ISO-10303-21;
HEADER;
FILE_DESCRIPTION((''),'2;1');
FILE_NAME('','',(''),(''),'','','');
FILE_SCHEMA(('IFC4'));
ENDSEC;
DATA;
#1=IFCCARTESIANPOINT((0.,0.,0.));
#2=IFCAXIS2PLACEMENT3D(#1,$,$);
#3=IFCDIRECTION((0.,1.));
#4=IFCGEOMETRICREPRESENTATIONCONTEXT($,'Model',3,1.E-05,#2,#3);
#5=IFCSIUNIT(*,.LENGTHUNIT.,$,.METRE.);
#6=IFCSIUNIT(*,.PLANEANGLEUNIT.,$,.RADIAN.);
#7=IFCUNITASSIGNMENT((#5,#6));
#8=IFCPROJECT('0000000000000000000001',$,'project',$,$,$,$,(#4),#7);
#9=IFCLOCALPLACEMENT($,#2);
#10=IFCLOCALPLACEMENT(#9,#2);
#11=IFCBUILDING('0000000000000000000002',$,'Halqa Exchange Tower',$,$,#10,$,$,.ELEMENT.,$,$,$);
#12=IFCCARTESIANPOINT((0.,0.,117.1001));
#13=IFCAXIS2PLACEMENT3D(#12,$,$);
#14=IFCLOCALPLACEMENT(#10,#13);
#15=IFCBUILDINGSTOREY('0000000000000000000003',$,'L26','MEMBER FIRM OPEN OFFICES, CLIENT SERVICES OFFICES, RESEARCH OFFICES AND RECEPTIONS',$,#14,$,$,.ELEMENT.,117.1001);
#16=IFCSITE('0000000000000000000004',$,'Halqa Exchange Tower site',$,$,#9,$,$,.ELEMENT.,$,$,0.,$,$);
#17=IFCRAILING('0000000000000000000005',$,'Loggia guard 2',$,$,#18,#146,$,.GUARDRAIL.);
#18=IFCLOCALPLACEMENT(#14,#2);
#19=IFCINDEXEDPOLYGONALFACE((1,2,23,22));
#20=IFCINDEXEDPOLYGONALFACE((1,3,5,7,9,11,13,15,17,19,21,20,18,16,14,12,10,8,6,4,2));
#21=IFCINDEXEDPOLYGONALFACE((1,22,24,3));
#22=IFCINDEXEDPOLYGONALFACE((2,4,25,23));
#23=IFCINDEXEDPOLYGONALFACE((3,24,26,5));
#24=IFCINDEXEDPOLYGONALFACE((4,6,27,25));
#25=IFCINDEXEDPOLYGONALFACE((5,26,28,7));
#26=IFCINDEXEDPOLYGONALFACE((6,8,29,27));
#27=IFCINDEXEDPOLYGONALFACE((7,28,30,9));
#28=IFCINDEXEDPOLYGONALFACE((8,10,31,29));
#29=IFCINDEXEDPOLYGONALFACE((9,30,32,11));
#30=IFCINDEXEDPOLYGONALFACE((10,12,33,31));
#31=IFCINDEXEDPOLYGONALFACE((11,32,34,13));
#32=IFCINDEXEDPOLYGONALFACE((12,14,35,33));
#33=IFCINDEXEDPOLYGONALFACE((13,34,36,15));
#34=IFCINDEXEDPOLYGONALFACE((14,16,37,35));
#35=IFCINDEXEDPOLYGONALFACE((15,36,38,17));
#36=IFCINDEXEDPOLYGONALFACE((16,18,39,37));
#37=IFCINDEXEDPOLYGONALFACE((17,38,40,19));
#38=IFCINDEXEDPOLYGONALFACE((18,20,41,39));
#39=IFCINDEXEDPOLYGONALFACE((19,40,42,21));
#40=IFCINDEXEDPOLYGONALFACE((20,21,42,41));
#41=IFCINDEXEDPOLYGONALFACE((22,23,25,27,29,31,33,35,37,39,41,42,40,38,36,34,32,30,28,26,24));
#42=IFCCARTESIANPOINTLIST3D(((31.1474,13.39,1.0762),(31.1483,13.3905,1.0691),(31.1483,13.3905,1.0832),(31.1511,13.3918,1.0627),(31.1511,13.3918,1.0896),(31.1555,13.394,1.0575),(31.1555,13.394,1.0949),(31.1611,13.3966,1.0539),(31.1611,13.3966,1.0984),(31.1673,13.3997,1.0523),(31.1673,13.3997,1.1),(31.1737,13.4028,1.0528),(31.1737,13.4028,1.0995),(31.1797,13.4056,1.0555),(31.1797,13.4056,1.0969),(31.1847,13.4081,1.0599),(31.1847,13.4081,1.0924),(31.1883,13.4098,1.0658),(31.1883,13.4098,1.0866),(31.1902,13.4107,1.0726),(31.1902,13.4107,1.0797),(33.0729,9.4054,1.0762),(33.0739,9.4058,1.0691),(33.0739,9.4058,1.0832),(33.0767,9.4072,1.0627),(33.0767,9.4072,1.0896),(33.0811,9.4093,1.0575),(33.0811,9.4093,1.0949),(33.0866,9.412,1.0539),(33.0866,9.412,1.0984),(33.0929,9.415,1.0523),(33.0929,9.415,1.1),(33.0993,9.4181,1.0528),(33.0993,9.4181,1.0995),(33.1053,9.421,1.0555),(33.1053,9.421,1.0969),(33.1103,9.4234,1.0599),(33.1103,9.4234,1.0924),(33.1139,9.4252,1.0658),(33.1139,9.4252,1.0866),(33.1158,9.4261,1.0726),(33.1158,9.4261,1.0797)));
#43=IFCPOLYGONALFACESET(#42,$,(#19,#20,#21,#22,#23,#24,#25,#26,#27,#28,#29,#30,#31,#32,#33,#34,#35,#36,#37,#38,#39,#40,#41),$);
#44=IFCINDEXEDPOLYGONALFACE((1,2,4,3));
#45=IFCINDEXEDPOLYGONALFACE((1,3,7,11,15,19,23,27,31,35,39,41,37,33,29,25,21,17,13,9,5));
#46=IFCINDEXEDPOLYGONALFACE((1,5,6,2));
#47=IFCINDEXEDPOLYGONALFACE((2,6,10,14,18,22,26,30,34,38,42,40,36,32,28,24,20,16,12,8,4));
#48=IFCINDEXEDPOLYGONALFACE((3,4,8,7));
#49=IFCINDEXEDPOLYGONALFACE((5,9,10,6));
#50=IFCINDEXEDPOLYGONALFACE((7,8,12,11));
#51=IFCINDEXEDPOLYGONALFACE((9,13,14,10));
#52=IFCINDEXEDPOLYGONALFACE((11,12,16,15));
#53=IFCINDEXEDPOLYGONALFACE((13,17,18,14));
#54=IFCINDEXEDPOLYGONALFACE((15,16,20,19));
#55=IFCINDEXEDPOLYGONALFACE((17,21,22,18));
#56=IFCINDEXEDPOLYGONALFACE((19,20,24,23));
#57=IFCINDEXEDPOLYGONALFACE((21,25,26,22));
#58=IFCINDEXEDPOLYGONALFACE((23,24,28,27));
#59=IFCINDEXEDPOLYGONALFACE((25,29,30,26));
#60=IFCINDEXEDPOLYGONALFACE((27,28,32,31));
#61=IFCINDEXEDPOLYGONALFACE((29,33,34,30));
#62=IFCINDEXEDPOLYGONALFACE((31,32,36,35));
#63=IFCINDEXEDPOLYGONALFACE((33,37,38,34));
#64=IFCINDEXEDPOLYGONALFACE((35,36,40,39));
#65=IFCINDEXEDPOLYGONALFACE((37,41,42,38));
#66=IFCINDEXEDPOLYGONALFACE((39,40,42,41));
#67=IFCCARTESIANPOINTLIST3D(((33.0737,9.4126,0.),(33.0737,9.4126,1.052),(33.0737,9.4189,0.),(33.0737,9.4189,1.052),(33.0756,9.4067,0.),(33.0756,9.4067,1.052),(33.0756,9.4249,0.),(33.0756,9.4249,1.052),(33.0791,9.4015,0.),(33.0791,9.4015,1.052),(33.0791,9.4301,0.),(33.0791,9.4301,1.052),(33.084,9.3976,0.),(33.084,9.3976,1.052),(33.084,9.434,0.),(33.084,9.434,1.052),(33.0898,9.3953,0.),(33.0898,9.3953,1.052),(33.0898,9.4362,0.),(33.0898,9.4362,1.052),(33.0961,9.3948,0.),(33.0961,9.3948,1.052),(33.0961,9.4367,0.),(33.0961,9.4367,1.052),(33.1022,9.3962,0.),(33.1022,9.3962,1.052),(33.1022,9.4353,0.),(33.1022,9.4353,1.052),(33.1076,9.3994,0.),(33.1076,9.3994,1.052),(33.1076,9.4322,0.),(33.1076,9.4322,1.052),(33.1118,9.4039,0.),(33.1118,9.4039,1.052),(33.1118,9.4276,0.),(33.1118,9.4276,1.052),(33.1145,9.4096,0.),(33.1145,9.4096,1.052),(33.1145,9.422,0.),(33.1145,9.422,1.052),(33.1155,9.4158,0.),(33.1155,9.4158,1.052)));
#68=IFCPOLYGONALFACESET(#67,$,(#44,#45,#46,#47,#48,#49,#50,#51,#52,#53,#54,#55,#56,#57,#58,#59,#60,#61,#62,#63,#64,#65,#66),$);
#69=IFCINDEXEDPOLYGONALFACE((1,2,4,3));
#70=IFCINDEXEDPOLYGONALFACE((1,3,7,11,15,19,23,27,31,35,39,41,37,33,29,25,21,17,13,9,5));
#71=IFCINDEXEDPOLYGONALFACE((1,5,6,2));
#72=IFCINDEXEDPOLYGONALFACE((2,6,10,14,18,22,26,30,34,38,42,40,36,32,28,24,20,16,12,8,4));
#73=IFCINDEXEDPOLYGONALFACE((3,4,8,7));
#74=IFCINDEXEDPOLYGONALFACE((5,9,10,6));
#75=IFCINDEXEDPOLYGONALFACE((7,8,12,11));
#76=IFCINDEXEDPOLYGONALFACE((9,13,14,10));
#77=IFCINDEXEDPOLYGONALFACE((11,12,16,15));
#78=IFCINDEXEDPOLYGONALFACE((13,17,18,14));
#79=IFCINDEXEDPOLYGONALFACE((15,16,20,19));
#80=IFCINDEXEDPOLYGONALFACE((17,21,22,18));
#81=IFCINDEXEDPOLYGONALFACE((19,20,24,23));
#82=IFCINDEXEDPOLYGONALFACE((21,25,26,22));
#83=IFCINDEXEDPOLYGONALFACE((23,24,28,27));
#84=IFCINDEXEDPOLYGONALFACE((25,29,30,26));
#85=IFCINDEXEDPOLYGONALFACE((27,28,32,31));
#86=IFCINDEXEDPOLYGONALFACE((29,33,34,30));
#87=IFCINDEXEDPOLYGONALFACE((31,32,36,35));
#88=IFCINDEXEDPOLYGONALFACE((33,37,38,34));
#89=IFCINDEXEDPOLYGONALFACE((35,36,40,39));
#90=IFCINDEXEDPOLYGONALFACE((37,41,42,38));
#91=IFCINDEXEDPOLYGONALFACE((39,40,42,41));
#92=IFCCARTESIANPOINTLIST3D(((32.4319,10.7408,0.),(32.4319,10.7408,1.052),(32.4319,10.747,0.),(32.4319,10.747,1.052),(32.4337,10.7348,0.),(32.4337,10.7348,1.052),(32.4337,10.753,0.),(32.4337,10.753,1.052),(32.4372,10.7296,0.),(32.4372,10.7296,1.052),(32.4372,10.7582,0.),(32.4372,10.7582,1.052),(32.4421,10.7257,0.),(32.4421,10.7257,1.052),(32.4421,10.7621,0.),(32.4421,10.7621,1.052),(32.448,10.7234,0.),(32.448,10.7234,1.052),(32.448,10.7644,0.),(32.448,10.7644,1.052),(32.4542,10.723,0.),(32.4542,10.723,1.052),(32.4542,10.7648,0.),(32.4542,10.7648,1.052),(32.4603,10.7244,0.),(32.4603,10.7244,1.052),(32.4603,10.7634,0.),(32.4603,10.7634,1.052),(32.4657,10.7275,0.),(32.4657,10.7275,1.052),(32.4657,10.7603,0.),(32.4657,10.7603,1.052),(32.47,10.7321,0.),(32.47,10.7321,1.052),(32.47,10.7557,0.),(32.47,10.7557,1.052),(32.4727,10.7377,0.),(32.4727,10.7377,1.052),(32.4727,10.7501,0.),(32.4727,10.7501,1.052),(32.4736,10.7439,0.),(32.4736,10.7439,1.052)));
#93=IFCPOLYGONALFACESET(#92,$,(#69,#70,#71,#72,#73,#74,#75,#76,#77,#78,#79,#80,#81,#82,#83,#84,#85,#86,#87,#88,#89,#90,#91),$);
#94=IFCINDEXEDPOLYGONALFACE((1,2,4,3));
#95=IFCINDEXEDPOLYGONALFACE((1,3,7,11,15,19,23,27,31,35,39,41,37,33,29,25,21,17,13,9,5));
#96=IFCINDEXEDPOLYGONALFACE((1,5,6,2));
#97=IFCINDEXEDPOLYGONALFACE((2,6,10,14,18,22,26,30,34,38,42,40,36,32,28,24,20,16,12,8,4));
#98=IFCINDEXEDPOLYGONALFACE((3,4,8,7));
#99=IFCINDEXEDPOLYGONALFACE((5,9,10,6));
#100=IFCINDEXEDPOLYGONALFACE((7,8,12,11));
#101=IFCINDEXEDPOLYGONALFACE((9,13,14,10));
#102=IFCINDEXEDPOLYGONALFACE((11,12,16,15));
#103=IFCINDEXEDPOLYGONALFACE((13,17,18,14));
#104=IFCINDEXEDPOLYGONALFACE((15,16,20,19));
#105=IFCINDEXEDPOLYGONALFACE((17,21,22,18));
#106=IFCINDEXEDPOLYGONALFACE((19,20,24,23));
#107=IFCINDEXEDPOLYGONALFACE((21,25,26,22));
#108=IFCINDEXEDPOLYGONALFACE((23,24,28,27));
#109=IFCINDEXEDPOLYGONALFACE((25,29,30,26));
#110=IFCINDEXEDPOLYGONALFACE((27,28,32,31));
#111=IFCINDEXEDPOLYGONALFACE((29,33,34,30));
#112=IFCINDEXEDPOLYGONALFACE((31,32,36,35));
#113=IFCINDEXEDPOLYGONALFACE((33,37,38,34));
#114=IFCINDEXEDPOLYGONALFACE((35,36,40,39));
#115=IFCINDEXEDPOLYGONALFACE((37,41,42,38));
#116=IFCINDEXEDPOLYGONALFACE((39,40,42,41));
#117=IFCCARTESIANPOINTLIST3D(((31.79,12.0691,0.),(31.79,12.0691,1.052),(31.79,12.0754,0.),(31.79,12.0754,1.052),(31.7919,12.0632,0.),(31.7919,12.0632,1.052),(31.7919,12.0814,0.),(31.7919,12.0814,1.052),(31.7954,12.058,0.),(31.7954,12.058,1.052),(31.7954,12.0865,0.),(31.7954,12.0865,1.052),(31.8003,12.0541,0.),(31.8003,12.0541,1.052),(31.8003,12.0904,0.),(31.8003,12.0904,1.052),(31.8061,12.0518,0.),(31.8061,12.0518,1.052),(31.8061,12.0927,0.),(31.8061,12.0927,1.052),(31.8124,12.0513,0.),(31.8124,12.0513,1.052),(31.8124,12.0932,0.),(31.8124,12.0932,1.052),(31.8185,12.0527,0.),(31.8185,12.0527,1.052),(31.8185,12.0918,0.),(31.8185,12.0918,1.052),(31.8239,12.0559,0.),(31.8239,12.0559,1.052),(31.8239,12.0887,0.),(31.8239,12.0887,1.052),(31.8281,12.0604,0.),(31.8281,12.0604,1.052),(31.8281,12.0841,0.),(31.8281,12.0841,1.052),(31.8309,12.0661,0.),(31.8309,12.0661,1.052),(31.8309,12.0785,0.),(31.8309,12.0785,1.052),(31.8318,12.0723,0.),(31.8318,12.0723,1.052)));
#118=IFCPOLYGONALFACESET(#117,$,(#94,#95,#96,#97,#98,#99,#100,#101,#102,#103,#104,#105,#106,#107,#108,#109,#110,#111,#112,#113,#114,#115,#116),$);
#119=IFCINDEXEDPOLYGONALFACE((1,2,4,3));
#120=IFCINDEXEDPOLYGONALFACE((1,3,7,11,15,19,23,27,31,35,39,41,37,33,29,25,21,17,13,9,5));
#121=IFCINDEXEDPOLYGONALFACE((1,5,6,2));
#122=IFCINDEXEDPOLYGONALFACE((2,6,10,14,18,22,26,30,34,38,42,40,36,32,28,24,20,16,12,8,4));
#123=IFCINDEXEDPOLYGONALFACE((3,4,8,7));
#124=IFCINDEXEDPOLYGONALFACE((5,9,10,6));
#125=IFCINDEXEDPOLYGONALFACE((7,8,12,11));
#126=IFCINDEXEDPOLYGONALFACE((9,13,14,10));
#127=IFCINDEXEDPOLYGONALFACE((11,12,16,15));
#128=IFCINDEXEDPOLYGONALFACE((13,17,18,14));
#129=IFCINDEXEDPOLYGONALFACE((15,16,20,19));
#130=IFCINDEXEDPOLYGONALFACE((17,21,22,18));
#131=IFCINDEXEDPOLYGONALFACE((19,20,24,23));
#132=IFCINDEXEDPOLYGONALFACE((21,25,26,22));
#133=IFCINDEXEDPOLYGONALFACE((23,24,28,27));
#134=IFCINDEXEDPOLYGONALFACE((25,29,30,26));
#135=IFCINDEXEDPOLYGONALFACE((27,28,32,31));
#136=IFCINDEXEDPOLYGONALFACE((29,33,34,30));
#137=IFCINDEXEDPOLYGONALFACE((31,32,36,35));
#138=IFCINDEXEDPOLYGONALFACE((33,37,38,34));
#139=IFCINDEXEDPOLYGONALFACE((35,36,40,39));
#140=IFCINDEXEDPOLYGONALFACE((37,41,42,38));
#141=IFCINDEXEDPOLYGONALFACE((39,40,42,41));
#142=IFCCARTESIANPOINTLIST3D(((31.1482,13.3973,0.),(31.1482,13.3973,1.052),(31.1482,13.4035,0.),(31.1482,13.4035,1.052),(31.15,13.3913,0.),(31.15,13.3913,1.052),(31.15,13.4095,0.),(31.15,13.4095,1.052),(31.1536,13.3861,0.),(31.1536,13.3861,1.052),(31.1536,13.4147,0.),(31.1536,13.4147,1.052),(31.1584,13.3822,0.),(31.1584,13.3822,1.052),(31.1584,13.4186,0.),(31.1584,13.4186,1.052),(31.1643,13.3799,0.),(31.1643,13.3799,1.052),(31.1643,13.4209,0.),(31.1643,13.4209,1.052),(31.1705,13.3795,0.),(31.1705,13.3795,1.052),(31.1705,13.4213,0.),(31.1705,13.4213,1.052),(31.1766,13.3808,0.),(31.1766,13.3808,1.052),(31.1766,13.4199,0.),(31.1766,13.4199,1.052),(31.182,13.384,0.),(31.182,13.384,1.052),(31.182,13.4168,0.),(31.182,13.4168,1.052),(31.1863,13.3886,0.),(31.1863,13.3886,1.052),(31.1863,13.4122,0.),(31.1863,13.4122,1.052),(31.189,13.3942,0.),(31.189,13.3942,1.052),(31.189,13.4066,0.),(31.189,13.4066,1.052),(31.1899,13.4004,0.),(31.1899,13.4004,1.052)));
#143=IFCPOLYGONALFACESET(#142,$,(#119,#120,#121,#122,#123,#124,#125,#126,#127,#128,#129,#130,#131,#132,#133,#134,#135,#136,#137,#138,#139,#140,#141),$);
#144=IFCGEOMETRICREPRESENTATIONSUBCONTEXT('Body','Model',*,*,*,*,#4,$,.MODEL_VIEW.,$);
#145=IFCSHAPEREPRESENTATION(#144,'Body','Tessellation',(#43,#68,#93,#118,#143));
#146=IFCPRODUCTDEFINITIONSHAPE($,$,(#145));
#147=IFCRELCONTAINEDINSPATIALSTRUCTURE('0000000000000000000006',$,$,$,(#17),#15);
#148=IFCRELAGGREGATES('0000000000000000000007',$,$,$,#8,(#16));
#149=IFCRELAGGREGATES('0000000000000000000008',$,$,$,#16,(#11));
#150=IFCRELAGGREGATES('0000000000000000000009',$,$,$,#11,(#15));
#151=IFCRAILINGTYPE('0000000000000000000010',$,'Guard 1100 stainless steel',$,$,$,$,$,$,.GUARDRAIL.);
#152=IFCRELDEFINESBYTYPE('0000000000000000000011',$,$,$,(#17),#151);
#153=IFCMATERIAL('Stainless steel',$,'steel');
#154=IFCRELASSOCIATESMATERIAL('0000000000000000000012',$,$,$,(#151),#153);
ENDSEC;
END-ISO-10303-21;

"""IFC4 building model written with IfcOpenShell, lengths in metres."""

from ifc_helpers import new_model, si_unit, direction, frame, origin, origin_2d, place, context, subcontext, project, spatial, circle, extrude, material, type_object, element, save


model = new_model("IFC4")

# Units and contexts
model_context = context("Model", 3, precision=1e-05, world=origin(), true_north=direction((0.0, 1.0)))
body_context = subcontext(model_context, "Body", "Model", "MODEL_VIEW")
ifc_project = project(units=[si_unit("LENGTHUNIT", "METRE"), si_unit("PLANEANGLEUNIT", "RADIAN")], contexts=[model_context])

# Site, building, storey
site_placement = place(None, origin())
site = spatial("IfcSite", under=ifc_project, at=site_placement, Name="Halqa Exchange Tower site", CompositionType="ELEMENT", RefElevation=0.0)
building_placement = place(site_placement, origin())
building = spatial("IfcBuilding", under=site, at=building_placement, Name="Halqa Exchange Tower", CompositionType="ELEMENT")
storey_placement = place(building_placement, frame((0.0, 0.0, 117.1001)))
storey = spatial("IfcBuildingStorey", under=building, at=storey_placement, Name="L26", Description="MEMBER FIRM OPEN OFFICES, CLIENT SERVICES OFFICES, RESEARCH OFFICES AND RECEPTIONS", CompositionType="ELEMENT", Elevation=117.1001)

# Railing
ifc_material_1 = material(Name="Stainless steel", Category="steel")
railing_type = type_object("IfcRailingType", Name="Guard 1100 stainless steel", PredefinedType="GUARDRAIL", material=ifc_material_1)
railing_1_placement = place(storey_placement, frame((33.0945, 9.4158, 0.0)))
element("IfcRailing", 1, at=railing_1_placement, inside=storey, type_object=railing_type, Name="Loggia guard 2", PredefinedType="GUARDRAIL", context=body_context, shape_type="SweptSolid", body=[
    extrude(circle(Radius=0.0239, at=origin_2d()), frame((0.0, 0.0, 1.0762), z_axis=(-0.435102, 0.900381, 0.0), x_axis=(-0.900381, -0.435102, 0.0)), (0.0, 0.0, 1.0), 4.4255),
    extrude(circle(Radius=0.021, at=origin_2d()), origin(), (0.0, 0.0, 1.0), 1.052),
    extrude(circle(Radius=0.021, at=origin_2d()), frame((-0.6418, 1.3281, 0.0)), (0.0, 0.0, 1.0), 1.052),
    extrude(circle(Radius=0.021, at=origin_2d()), frame((-1.2837, 2.6565, 0.0)), (0.0, 0.0, 1.0), 1.052),
    extrude(circle(Radius=0.021, at=origin_2d()), frame((-1.9255, 3.9846, 0.0)), (0.0, 0.0, 1.0), 1.052),
])

save(model, "model.ifc")
